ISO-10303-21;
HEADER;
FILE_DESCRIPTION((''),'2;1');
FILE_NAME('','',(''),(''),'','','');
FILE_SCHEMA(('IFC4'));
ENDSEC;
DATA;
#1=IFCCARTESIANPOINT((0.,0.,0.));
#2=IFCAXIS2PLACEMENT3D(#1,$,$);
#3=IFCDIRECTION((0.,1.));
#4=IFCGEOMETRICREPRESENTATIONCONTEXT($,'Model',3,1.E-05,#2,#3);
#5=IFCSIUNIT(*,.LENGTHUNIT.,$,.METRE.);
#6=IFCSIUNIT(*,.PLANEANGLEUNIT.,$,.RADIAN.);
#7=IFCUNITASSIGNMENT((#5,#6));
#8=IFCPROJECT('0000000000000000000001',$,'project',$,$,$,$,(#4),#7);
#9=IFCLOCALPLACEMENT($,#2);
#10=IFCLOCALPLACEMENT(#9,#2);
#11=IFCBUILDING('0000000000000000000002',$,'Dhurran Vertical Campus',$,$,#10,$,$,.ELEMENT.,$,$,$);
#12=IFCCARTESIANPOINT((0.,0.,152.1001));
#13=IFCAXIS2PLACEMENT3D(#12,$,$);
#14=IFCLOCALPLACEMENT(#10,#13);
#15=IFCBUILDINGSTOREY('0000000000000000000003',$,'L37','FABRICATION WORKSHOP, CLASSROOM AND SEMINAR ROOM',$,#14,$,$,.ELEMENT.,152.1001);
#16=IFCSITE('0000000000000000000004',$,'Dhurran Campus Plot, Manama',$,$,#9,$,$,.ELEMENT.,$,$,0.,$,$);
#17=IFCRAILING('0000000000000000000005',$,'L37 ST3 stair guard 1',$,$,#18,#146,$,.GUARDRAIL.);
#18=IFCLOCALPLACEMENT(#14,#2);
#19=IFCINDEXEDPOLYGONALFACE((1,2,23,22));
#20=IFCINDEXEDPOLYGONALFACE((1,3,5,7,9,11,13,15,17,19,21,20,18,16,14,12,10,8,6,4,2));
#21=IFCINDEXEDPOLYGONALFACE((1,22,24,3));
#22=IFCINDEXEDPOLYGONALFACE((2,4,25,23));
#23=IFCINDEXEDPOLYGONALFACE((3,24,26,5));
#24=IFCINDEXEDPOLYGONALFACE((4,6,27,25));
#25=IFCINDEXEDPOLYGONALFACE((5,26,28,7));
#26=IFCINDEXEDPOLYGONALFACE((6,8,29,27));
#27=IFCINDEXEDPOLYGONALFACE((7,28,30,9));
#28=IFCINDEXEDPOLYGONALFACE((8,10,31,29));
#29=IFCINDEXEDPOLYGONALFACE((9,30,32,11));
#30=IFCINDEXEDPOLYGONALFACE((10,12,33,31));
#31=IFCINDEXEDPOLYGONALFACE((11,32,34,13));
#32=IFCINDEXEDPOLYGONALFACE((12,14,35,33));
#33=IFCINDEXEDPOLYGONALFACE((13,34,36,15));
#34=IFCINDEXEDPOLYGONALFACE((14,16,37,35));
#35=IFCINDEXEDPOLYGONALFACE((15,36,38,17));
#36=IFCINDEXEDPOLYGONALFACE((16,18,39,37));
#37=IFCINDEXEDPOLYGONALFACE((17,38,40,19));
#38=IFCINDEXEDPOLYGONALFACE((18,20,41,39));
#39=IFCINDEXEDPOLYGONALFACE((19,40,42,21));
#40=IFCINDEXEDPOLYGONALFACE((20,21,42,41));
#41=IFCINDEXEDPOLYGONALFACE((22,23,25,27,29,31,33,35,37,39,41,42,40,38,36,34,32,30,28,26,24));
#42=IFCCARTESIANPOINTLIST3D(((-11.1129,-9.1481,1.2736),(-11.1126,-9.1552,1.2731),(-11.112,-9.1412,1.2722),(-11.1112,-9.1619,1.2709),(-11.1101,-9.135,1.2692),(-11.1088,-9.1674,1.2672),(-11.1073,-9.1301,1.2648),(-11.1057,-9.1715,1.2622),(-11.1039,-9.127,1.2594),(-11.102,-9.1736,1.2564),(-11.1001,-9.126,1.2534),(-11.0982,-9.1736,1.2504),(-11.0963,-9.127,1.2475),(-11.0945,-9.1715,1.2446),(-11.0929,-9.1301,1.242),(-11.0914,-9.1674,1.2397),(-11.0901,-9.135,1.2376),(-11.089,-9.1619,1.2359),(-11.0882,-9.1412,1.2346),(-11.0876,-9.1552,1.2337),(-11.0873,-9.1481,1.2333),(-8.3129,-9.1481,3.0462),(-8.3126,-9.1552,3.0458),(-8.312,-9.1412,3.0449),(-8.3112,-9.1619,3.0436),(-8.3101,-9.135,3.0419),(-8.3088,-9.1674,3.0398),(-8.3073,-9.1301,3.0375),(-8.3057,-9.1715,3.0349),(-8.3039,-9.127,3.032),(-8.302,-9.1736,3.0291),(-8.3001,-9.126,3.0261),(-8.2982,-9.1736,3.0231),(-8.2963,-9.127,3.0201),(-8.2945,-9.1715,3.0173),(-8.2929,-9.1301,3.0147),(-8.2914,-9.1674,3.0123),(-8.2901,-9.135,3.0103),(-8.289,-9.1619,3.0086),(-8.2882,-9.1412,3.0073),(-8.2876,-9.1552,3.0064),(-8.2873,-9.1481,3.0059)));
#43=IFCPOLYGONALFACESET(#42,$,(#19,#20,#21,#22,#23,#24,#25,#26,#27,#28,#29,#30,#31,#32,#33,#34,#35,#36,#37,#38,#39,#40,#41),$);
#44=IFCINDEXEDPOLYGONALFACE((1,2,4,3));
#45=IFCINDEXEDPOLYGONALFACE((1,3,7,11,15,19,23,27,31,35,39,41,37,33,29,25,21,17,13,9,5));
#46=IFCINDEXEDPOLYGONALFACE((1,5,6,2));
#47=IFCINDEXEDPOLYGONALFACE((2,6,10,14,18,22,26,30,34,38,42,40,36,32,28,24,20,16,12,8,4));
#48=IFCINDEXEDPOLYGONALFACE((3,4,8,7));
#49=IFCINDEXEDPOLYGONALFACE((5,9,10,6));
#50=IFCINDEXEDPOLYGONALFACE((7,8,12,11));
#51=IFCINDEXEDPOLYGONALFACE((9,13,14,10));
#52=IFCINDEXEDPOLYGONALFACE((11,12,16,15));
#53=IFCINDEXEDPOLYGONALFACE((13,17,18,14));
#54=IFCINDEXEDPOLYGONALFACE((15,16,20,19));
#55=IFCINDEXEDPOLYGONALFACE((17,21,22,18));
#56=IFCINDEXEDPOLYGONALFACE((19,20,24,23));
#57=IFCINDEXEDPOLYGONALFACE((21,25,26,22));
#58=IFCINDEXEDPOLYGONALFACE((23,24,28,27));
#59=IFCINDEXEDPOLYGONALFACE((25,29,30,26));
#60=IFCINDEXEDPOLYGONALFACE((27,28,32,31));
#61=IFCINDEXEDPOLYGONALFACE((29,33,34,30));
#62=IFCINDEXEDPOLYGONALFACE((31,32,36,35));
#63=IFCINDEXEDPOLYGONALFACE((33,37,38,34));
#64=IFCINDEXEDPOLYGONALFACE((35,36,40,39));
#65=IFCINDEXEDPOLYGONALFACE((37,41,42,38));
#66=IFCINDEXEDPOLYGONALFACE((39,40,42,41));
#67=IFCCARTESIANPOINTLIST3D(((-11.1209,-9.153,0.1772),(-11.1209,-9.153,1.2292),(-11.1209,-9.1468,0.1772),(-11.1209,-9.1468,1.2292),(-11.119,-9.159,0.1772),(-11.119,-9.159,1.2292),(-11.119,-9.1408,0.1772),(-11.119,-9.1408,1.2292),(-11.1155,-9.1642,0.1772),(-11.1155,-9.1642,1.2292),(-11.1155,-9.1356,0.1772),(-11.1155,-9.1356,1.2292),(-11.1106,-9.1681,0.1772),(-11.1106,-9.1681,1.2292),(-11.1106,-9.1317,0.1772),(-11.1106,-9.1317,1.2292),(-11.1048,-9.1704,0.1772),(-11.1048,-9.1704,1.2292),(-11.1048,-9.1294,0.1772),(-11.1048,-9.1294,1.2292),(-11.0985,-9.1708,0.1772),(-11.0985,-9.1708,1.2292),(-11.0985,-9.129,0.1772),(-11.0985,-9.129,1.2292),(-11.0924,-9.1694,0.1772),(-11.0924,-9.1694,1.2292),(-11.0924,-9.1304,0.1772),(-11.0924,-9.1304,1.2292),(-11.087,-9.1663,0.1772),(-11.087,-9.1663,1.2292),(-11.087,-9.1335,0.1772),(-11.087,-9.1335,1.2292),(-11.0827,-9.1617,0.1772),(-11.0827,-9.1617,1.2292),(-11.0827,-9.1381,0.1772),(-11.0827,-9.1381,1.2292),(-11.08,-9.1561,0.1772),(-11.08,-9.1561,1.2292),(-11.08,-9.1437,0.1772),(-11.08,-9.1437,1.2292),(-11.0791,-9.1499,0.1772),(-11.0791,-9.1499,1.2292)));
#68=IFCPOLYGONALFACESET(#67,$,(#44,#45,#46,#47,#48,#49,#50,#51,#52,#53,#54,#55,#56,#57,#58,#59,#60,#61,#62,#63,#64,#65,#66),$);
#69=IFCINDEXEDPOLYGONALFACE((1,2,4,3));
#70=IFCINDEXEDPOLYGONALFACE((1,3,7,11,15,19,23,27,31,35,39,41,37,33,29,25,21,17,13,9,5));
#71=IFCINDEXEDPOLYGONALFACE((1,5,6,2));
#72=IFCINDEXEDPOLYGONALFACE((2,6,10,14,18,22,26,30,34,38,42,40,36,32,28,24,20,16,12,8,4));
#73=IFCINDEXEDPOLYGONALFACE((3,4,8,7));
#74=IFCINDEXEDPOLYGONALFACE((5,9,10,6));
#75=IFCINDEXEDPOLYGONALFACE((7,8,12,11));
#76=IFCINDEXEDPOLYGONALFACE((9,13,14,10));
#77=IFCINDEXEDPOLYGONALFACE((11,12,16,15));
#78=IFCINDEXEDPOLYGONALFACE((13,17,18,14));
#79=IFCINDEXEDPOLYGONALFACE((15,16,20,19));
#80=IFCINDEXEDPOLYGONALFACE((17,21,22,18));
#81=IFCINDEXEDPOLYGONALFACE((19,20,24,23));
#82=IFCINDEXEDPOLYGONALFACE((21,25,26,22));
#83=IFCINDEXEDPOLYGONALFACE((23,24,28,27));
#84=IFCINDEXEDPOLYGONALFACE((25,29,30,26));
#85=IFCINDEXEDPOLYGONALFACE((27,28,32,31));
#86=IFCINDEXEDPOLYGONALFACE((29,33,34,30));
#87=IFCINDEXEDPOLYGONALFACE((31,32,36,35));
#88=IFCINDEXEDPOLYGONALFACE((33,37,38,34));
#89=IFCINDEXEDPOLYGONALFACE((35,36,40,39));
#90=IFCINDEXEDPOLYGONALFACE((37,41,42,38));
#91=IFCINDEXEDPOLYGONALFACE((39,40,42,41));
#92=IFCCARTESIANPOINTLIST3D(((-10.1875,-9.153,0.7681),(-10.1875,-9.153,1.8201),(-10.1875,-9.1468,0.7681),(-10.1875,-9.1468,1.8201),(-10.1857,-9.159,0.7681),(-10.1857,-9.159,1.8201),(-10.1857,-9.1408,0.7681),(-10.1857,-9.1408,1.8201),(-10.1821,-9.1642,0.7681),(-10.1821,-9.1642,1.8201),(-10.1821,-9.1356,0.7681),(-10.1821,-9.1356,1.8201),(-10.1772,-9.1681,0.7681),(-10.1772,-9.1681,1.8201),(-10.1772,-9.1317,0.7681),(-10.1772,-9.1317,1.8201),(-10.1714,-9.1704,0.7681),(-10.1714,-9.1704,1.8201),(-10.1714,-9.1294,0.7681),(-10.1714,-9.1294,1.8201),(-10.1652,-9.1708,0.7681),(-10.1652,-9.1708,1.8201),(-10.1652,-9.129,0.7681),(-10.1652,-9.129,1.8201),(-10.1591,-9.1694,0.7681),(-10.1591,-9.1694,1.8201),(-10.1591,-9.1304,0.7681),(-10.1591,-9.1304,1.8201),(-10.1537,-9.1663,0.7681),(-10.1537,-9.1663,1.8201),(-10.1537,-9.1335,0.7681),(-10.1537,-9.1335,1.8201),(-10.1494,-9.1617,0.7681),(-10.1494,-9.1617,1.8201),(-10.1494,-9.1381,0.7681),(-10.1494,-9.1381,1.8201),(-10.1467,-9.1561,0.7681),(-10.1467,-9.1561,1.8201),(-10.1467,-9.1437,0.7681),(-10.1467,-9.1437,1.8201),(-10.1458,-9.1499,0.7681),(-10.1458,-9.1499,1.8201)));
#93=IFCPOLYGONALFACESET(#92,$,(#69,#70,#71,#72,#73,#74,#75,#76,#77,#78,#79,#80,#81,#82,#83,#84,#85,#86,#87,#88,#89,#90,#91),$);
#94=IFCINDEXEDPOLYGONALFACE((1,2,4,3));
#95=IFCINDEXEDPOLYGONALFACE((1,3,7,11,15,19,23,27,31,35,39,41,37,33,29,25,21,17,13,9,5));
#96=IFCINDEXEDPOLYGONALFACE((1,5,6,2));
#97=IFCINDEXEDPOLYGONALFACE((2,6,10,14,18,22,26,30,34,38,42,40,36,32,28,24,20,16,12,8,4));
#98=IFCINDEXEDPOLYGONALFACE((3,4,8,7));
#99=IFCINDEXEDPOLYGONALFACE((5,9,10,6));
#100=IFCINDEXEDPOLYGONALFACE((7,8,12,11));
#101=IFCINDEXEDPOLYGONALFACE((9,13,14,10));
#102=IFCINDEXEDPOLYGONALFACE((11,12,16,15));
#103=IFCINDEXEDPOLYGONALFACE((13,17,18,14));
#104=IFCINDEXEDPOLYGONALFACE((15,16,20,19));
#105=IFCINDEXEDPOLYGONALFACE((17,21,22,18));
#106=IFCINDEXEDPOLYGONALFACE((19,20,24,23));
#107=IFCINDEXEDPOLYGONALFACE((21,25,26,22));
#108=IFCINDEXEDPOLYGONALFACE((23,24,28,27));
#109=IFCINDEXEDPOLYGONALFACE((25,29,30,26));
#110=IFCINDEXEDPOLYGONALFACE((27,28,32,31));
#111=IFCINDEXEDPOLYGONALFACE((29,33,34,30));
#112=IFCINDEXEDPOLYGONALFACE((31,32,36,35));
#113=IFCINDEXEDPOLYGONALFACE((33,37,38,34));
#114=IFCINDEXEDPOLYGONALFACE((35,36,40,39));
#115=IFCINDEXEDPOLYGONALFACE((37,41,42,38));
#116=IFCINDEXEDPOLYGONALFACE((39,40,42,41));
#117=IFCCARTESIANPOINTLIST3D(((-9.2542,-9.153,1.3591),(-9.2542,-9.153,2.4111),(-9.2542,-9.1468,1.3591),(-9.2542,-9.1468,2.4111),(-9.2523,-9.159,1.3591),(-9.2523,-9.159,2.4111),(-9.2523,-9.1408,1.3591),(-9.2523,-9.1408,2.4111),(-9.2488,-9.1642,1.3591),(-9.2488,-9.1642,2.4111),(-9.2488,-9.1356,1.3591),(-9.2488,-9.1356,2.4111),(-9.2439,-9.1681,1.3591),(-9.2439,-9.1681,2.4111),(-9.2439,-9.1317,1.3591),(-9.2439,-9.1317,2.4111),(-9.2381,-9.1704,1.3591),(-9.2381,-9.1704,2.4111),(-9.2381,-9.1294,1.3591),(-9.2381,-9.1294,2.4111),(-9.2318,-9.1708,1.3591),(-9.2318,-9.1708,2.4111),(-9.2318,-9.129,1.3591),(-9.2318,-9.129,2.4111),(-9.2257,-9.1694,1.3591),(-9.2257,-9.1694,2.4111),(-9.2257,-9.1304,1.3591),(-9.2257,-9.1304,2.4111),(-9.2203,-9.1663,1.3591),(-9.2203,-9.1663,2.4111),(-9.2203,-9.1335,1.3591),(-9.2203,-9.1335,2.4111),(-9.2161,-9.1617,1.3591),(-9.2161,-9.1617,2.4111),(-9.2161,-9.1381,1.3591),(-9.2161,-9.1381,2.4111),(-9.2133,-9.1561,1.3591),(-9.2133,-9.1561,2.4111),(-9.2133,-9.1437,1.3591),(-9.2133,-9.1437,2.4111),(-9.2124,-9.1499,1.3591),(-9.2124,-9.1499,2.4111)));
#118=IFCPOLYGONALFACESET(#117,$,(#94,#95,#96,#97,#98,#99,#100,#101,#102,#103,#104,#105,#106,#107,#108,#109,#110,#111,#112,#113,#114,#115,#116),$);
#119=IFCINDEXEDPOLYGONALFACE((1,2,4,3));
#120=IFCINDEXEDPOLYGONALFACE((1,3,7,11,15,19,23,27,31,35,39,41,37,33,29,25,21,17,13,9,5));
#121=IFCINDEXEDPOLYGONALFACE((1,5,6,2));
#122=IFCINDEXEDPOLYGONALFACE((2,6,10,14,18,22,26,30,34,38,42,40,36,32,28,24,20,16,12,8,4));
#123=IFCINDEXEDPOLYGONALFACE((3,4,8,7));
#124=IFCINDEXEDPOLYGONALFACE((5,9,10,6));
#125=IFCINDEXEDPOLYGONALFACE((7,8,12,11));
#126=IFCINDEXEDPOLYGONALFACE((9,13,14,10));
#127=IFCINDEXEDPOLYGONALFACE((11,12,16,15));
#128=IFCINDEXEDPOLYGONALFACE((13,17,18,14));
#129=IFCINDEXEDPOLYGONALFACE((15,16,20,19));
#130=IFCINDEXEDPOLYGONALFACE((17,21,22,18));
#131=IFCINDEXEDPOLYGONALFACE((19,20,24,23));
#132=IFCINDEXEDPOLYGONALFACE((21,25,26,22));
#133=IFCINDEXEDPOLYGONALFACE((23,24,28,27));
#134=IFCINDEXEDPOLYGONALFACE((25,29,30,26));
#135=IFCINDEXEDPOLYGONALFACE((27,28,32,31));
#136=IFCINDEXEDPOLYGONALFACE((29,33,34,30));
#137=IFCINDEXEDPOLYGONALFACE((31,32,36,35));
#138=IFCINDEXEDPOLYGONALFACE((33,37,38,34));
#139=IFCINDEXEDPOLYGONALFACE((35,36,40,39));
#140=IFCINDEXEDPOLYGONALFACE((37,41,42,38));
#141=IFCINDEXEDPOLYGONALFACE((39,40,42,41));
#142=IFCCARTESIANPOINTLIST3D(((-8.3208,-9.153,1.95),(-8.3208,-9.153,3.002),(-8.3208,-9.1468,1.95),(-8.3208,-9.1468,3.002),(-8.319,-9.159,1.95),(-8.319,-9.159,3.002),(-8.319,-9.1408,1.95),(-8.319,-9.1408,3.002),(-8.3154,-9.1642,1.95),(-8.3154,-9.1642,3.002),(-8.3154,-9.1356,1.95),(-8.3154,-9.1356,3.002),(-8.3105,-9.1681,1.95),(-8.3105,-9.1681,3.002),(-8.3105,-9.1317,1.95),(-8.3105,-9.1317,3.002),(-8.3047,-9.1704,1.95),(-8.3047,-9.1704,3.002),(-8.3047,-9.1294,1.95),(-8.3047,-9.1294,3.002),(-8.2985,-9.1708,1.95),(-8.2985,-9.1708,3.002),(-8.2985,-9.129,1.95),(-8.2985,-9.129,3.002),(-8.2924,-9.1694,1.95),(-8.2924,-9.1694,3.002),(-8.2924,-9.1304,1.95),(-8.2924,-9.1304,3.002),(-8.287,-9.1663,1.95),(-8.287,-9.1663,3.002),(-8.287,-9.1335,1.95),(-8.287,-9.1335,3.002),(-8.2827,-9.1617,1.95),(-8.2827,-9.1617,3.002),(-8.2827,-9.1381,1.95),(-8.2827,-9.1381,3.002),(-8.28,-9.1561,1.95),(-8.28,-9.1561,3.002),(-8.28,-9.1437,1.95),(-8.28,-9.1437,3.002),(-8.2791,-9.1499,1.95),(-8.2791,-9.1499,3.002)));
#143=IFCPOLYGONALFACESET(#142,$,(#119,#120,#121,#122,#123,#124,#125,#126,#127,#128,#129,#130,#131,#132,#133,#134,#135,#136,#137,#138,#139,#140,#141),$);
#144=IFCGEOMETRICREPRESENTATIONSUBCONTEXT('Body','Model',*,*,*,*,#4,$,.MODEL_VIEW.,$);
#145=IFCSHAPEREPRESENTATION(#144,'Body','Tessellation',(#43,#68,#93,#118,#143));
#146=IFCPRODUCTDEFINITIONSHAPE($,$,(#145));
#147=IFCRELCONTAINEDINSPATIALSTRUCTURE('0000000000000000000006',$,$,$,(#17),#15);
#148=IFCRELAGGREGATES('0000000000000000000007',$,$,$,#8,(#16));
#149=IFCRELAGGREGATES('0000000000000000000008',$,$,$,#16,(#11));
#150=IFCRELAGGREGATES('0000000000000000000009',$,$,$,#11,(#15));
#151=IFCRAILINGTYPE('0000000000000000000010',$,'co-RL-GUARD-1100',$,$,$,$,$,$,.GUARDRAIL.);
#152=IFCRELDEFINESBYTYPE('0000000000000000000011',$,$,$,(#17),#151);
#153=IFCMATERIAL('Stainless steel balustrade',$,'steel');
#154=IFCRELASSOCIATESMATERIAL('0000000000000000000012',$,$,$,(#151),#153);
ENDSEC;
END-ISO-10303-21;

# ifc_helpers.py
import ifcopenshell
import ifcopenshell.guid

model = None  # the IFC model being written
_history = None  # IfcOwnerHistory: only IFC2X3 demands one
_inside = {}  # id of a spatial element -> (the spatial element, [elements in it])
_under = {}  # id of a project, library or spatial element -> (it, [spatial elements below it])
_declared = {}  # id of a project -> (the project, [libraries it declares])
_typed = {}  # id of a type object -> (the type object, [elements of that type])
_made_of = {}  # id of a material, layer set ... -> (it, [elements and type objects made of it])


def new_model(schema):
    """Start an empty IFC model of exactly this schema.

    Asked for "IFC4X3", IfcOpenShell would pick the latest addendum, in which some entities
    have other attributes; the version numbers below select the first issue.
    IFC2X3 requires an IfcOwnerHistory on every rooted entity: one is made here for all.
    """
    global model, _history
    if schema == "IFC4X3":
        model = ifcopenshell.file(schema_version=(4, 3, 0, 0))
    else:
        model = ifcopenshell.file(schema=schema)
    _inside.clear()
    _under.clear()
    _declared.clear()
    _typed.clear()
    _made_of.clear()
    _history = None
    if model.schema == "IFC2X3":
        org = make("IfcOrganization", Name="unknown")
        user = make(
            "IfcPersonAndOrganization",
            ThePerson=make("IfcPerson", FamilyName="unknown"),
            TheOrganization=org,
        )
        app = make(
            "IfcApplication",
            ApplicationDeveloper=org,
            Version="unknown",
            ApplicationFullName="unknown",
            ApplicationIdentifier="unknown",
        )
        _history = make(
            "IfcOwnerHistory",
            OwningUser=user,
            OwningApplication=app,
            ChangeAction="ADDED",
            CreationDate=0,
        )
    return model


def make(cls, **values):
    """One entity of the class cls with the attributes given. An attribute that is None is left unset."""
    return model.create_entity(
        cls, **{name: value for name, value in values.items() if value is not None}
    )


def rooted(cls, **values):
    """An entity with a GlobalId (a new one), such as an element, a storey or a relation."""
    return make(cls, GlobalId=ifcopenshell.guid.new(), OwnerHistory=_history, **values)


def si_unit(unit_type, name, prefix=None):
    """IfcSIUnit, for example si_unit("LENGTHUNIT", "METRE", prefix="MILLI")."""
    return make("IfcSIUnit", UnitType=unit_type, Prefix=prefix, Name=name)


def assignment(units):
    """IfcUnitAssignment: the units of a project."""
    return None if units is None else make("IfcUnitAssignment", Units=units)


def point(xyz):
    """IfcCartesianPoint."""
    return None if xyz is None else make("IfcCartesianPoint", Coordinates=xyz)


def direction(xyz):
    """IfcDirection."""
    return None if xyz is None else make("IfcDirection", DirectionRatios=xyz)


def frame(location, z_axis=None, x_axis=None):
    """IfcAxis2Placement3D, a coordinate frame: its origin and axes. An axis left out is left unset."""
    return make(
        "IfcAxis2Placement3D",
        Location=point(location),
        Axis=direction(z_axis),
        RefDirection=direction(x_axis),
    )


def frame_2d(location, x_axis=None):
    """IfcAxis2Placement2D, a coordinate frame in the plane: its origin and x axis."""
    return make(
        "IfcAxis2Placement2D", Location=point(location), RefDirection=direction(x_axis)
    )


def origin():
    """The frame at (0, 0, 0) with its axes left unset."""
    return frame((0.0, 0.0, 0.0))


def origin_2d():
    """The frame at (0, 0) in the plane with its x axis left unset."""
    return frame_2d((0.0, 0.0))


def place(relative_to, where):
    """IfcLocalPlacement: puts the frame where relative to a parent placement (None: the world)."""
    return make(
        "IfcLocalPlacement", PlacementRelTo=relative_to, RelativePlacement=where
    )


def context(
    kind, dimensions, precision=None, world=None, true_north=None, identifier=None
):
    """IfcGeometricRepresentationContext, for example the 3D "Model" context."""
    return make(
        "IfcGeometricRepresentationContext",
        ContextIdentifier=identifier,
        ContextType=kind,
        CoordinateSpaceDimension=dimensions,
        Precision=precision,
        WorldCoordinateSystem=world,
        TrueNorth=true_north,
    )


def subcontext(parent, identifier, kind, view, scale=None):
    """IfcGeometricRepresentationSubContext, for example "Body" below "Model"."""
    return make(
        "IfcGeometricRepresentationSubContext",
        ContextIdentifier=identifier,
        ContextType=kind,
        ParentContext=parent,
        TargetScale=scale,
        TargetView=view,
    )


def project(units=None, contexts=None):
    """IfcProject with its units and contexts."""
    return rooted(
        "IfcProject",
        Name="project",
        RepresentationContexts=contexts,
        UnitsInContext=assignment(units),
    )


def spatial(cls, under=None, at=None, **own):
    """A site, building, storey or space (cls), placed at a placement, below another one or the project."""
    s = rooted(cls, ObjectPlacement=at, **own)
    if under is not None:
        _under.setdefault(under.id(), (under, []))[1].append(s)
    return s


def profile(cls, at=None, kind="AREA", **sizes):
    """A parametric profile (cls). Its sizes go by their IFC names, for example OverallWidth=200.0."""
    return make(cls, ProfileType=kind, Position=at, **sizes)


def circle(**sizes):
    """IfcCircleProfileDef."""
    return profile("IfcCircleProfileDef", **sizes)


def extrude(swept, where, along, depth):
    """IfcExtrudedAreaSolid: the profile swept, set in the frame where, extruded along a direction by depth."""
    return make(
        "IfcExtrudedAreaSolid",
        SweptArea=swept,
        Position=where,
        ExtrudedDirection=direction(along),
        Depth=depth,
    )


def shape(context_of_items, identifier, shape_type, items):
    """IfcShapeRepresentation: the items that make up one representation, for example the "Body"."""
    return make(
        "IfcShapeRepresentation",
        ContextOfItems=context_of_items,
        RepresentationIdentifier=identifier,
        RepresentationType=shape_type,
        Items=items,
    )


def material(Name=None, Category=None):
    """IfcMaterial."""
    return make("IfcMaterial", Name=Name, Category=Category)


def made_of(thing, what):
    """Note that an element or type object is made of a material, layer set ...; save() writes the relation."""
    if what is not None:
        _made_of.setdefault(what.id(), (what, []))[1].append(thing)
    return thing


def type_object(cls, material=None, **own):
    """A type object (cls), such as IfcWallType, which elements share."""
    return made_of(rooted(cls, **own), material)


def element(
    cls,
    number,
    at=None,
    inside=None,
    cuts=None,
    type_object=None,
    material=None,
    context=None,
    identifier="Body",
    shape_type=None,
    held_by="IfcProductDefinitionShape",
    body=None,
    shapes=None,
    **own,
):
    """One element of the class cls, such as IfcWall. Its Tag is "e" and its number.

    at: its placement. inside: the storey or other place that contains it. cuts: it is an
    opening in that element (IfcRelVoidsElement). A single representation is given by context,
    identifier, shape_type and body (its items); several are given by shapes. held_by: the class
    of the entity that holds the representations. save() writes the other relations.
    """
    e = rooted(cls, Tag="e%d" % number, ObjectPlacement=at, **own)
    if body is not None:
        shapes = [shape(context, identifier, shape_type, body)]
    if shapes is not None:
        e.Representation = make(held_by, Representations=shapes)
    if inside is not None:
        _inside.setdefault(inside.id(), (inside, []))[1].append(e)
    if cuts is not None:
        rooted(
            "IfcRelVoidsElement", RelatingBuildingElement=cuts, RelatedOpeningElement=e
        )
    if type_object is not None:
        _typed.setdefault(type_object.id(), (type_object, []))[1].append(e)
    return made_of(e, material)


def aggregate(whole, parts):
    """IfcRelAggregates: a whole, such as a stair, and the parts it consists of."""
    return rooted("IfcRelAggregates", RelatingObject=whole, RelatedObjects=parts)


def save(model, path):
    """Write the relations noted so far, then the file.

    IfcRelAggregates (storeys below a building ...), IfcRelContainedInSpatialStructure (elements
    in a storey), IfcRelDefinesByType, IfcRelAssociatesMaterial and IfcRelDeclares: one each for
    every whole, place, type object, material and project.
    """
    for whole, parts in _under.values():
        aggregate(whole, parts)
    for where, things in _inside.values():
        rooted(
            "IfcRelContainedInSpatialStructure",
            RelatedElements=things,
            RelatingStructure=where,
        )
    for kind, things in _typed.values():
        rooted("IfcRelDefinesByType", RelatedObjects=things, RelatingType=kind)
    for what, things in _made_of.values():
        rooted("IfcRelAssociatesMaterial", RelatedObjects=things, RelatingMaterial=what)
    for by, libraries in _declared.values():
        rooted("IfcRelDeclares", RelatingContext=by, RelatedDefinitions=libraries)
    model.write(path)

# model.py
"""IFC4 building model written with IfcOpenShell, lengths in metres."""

from ifc_helpers import new_model, si_unit, direction, frame, origin, origin_2d, place, context, subcontext, project, spatial, circle, extrude, material, type_object, element, save


model = new_model("IFC4")

# Units and contexts
model_context = context("Model", 3, precision=1e-05, world=origin(), true_north=direction((0.0, 1.0)))
body_context = subcontext(model_context, "Body", "Model", "MODEL_VIEW")
ifc_project = project(units=[si_unit("LENGTHUNIT", "METRE"), si_unit("PLANEANGLEUNIT", "RADIAN")], contexts=[model_context])

# Site, building, storey
site_placement = place(None, origin())
site = spatial("IfcSite", under=ifc_project, at=site_placement, Name="Dhurran Campus Plot, Manama", CompositionType="ELEMENT", RefElevation=0.0)
building_placement = place(site_placement, origin())
building = spatial("IfcBuilding", under=site, at=building_placement, Name="Dhurran Vertical Campus", CompositionType="ELEMENT")
storey_placement = place(building_placement, frame((0.0, 0.0, 152.1001)))
storey = spatial("IfcBuildingStorey", under=building, at=storey_placement, Name="L37", Description="FABRICATION WORKSHOP, CLASSROOM AND SEMINAR ROOM", CompositionType="ELEMENT", Elevation=152.1001)

# Railing
ifc_material_1 = material(Name="Stainless steel balustrade", Category="steel")
railing_type_1 = type_object("IfcRailingType", Name="co-RL-GUARD-1100", PredefinedType="GUARDRAIL", material=ifc_material_1)
railing_1_placement = place(storey_placement, frame((-11.1001, -9.1499, 0.1772)))
element("IfcRailing", 1, at=railing_1_placement, inside=storey, type_object=railing_type_1, Name="L37 ST3 stair guard 1", PredefinedType="GUARDRAIL", context=body_context, shape_type="SweptSolid", body=[
    extrude(circle(Radius=0.0239, at=origin_2d()), frame((0.0, 0.0, 1.0762), z_axis=(0.844909, 0.0, 0.53491), x_axis=(0.0, 1.0, 0.0)), (0.0, 0.0, 1.0), 3.314),
    extrude(circle(Radius=0.021, at=origin_2d()), origin(), (0.0, 0.0, 1.0), 1.052),
    extrude(circle(Radius=0.021, at=origin_2d()), frame((0.9333, 0.0, 0.5908)), (0.0, 0.0, 1.0), 1.052),
    extrude(circle(Radius=0.021, at=origin_2d()), frame((1.8667, 0.0, 1.1819)), (0.0, 0.0, 1.0), 1.052),
    extrude(circle(Radius=0.021, at=origin_2d()), frame((2.8, 0.0, 1.7727)), (0.0, 0.0, 1.0), 1.052),
])

save(model, "model.ifc")
